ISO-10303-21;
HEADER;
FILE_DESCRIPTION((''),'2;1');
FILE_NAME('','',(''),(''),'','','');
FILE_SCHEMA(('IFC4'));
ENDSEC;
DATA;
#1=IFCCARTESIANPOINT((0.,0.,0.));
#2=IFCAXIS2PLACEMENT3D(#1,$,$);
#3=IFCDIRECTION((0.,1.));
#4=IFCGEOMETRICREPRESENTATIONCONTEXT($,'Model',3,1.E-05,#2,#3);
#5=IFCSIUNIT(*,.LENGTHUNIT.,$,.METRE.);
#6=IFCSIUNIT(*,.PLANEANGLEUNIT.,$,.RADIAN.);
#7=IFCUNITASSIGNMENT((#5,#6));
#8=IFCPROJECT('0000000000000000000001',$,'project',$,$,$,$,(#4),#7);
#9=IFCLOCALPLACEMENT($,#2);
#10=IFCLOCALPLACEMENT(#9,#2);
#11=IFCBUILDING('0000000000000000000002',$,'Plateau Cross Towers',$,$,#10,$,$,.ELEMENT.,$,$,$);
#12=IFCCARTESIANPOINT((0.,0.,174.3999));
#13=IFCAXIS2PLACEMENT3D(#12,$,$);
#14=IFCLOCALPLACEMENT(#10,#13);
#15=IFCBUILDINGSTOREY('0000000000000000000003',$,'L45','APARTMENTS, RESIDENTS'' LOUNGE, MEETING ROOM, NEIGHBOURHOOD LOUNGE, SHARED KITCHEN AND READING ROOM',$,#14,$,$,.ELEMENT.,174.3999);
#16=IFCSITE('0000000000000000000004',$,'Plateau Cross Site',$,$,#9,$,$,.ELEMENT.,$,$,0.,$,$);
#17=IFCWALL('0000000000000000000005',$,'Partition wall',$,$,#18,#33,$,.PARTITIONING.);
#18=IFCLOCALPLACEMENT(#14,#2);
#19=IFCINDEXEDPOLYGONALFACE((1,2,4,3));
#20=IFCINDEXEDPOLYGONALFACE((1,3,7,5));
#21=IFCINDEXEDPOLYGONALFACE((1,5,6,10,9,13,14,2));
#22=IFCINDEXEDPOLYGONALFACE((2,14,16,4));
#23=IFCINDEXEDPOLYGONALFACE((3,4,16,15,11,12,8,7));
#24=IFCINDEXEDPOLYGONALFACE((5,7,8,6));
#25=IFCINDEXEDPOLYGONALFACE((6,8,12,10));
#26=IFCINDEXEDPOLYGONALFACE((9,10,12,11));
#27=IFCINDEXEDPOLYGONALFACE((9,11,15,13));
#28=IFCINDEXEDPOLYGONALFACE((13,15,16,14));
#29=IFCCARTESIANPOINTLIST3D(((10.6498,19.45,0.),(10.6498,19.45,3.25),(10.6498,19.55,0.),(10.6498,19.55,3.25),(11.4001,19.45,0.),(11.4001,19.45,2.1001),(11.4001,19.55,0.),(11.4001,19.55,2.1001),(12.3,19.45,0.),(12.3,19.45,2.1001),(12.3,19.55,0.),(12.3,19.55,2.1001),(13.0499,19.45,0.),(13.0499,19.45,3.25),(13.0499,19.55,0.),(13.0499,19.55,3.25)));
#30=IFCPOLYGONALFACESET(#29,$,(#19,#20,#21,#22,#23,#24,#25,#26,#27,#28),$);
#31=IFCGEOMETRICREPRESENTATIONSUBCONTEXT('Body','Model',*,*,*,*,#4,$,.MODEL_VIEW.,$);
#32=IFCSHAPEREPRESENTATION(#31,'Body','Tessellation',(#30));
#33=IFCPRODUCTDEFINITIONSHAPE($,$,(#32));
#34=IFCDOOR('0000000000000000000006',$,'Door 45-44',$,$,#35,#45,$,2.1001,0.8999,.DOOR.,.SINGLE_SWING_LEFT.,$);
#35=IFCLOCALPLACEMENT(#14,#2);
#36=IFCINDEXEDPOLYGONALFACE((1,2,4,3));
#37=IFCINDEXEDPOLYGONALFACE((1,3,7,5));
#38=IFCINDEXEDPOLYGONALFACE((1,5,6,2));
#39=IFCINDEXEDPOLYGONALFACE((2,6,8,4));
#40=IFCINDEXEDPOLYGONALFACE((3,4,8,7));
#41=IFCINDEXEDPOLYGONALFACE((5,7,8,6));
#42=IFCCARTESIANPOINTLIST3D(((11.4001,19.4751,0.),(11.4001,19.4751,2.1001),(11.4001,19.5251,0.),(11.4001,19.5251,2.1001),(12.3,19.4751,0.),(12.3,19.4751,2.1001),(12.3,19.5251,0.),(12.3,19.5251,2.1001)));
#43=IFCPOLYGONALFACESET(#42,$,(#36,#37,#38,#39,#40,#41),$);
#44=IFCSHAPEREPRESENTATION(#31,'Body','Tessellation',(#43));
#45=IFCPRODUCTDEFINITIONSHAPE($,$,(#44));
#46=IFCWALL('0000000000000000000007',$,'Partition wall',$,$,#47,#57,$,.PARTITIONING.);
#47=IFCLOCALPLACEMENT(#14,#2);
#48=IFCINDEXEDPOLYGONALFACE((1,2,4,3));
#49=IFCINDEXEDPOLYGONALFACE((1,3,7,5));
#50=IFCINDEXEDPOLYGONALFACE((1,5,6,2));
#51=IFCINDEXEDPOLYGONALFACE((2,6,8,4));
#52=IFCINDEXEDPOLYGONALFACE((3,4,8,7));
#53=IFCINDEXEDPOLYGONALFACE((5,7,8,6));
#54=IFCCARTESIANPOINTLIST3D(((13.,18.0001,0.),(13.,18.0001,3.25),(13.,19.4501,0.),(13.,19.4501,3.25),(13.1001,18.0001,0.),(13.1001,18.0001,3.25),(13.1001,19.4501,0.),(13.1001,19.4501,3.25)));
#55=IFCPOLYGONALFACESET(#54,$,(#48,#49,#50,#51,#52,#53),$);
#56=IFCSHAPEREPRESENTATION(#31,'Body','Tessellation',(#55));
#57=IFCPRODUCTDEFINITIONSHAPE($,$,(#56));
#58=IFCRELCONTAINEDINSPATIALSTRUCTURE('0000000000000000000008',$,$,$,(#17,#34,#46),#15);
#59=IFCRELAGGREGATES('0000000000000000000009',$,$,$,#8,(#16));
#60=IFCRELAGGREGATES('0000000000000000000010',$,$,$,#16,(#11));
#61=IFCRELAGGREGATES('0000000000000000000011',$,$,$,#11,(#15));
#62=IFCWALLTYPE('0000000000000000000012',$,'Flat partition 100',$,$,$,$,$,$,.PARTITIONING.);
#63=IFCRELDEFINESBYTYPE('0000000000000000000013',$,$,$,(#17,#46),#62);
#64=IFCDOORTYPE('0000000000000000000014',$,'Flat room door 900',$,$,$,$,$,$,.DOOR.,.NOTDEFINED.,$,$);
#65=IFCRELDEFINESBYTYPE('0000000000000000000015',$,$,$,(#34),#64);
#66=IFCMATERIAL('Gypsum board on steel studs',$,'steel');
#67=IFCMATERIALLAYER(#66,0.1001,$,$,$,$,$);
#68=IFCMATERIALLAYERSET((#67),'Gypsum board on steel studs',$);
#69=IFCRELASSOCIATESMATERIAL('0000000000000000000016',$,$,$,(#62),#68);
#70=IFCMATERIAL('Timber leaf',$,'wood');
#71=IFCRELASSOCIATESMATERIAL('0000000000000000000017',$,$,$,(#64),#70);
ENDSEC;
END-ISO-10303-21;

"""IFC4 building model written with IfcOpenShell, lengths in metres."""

from ifc_helpers import new_model, si_unit, direction, frame, frame_2d, origin, place, context, subcontext, project, spatial, rectangle, extrude, material, layer, layer_set, type_object, element, fill, save


model = new_model("IFC4")

# Units and contexts
model_context = context("Model", 3, precision=1e-05, world=origin(), true_north=direction((0.0, 1.0)))
body_context = subcontext(model_context, "Body", "Model", "MODEL_VIEW")
ifc_project = project(units=[si_unit("LENGTHUNIT", "METRE"), si_unit("PLANEANGLEUNIT", "RADIAN")], contexts=[model_context])

# Site, building, storey
site_placement = place(None, origin())
site = spatial("IfcSite", under=ifc_project, at=site_placement, Name="Plateau Cross Site", CompositionType="ELEMENT", RefElevation=0.0)
building_placement = place(site_placement, origin())
building = spatial("IfcBuilding", under=site, at=building_placement, Name="Plateau Cross Towers", CompositionType="ELEMENT")
storey_placement = place(building_placement, frame((0.0, 0.0, 174.3999)))
storey = spatial("IfcBuildingStorey", under=building, at=storey_placement, Name="L45", Description="APARTMENTS, RESIDENTS' LOUNGE, MEETING ROOM, NEIGHBOURHOOD LOUNGE, SHARED KITCHEN AND READING ROOM", CompositionType="ELEMENT", Elevation=174.3999)

# Wall, opening, door
ifc_material_1 = material(Name="Gypsum board on steel studs", Category="steel")
ifc_layer_1 = layer(ifc_material_1, 0.1001)
ifc_layer_set_1 = layer_set([ifc_layer_1], Name="Gypsum board on steel studs")
wall_type_1 = type_object("IfcWallType", Name="Flat partition 100", PredefinedType="PARTITIONING", material=ifc_layer_set_1)
wall_1_placement = place(storey_placement, frame((13.05, 19.5, 0.0), z_axis=(0.0, 0.0, 1.0), x_axis=(-1.0, 0.0, 0.0)))
wall_1 = element("IfcWall", 1, at=wall_1_placement, inside=storey, type_object=wall_type_1, Name="Partition wall", PredefinedType="PARTITIONING", context=body_context, shape_type="SweptSolid", body=[
    extrude(rectangle(XDim=2.4001, YDim=0.1001, at=frame_2d((1.2002, 0.0))), origin(), (0.0, 0.0, 1.0), 3.25),
])
opening_1_placement = place(wall_1_placement, frame((0.75, 0.0, 0.0)))
opening_1 = element("IfcOpeningElement", 2, at=opening_1_placement, cuts=wall_1, PredefinedType="OPENING", context=body_context, shape_type="SweptSolid", body=[
    extrude(rectangle(XDim=0.8999, YDim=2.1001, at=frame_2d((0.45, 1.05))), frame((0.0, 0.0601, 0.0), z_axis=(0.0, -1.0, 0.0), x_axis=(1.0, 0.0, 0.0)), (0.0, 0.0, 1.0), 0.1201),
])
ifc_material_2 = material(Name="Timber leaf", Category="wood")
door_type_1 = type_object("IfcDoorType", Name="Flat room door 900", OperationType="NOTDEFINED", PredefinedType="DOOR", material=ifc_material_2)
door_1_placement = place(opening_1_placement, origin())
door_1 = element("IfcDoor", 3, at=door_1_placement, inside=storey, type_object=door_type_1, Name="Door 45-44", OperationType="SINGLE_SWING_LEFT", OverallHeight=2.1001, OverallWidth=0.8999, PredefinedType="DOOR", context=body_context, shape_type="SweptSolid", body=[
    extrude(rectangle(XDim=0.8999, YDim=2.1001, at=frame_2d((0.45, 1.05))), frame((0.0, 0.0249, 0.0), z_axis=(0.0, -1.0, 0.0), x_axis=(1.0, 0.0, 0.0)), (0.0, 0.0, 1.0), 0.05),
])
fill(opening_1, door_1)

# Wall
wall_2_placement = place(storey_placement, frame((13.05, 18.0, 0.0), z_axis=(0.0, 0.0, 1.0), x_axis=(0.0, 1.0, 0.0)))
element("IfcWall", 4, at=wall_2_placement, inside=storey, type_object=wall_type_1, Name="Partition wall", PredefinedType="PARTITIONING", context=body_context, shape_type="SweptSolid", body=[
    extrude(rectangle(XDim=1.45, YDim=0.1001, at=frame_2d((0.7251, 0.0))), origin(), (0.0, 0.0, 1.0), 3.25),
])

save(model, "model.ifc")
